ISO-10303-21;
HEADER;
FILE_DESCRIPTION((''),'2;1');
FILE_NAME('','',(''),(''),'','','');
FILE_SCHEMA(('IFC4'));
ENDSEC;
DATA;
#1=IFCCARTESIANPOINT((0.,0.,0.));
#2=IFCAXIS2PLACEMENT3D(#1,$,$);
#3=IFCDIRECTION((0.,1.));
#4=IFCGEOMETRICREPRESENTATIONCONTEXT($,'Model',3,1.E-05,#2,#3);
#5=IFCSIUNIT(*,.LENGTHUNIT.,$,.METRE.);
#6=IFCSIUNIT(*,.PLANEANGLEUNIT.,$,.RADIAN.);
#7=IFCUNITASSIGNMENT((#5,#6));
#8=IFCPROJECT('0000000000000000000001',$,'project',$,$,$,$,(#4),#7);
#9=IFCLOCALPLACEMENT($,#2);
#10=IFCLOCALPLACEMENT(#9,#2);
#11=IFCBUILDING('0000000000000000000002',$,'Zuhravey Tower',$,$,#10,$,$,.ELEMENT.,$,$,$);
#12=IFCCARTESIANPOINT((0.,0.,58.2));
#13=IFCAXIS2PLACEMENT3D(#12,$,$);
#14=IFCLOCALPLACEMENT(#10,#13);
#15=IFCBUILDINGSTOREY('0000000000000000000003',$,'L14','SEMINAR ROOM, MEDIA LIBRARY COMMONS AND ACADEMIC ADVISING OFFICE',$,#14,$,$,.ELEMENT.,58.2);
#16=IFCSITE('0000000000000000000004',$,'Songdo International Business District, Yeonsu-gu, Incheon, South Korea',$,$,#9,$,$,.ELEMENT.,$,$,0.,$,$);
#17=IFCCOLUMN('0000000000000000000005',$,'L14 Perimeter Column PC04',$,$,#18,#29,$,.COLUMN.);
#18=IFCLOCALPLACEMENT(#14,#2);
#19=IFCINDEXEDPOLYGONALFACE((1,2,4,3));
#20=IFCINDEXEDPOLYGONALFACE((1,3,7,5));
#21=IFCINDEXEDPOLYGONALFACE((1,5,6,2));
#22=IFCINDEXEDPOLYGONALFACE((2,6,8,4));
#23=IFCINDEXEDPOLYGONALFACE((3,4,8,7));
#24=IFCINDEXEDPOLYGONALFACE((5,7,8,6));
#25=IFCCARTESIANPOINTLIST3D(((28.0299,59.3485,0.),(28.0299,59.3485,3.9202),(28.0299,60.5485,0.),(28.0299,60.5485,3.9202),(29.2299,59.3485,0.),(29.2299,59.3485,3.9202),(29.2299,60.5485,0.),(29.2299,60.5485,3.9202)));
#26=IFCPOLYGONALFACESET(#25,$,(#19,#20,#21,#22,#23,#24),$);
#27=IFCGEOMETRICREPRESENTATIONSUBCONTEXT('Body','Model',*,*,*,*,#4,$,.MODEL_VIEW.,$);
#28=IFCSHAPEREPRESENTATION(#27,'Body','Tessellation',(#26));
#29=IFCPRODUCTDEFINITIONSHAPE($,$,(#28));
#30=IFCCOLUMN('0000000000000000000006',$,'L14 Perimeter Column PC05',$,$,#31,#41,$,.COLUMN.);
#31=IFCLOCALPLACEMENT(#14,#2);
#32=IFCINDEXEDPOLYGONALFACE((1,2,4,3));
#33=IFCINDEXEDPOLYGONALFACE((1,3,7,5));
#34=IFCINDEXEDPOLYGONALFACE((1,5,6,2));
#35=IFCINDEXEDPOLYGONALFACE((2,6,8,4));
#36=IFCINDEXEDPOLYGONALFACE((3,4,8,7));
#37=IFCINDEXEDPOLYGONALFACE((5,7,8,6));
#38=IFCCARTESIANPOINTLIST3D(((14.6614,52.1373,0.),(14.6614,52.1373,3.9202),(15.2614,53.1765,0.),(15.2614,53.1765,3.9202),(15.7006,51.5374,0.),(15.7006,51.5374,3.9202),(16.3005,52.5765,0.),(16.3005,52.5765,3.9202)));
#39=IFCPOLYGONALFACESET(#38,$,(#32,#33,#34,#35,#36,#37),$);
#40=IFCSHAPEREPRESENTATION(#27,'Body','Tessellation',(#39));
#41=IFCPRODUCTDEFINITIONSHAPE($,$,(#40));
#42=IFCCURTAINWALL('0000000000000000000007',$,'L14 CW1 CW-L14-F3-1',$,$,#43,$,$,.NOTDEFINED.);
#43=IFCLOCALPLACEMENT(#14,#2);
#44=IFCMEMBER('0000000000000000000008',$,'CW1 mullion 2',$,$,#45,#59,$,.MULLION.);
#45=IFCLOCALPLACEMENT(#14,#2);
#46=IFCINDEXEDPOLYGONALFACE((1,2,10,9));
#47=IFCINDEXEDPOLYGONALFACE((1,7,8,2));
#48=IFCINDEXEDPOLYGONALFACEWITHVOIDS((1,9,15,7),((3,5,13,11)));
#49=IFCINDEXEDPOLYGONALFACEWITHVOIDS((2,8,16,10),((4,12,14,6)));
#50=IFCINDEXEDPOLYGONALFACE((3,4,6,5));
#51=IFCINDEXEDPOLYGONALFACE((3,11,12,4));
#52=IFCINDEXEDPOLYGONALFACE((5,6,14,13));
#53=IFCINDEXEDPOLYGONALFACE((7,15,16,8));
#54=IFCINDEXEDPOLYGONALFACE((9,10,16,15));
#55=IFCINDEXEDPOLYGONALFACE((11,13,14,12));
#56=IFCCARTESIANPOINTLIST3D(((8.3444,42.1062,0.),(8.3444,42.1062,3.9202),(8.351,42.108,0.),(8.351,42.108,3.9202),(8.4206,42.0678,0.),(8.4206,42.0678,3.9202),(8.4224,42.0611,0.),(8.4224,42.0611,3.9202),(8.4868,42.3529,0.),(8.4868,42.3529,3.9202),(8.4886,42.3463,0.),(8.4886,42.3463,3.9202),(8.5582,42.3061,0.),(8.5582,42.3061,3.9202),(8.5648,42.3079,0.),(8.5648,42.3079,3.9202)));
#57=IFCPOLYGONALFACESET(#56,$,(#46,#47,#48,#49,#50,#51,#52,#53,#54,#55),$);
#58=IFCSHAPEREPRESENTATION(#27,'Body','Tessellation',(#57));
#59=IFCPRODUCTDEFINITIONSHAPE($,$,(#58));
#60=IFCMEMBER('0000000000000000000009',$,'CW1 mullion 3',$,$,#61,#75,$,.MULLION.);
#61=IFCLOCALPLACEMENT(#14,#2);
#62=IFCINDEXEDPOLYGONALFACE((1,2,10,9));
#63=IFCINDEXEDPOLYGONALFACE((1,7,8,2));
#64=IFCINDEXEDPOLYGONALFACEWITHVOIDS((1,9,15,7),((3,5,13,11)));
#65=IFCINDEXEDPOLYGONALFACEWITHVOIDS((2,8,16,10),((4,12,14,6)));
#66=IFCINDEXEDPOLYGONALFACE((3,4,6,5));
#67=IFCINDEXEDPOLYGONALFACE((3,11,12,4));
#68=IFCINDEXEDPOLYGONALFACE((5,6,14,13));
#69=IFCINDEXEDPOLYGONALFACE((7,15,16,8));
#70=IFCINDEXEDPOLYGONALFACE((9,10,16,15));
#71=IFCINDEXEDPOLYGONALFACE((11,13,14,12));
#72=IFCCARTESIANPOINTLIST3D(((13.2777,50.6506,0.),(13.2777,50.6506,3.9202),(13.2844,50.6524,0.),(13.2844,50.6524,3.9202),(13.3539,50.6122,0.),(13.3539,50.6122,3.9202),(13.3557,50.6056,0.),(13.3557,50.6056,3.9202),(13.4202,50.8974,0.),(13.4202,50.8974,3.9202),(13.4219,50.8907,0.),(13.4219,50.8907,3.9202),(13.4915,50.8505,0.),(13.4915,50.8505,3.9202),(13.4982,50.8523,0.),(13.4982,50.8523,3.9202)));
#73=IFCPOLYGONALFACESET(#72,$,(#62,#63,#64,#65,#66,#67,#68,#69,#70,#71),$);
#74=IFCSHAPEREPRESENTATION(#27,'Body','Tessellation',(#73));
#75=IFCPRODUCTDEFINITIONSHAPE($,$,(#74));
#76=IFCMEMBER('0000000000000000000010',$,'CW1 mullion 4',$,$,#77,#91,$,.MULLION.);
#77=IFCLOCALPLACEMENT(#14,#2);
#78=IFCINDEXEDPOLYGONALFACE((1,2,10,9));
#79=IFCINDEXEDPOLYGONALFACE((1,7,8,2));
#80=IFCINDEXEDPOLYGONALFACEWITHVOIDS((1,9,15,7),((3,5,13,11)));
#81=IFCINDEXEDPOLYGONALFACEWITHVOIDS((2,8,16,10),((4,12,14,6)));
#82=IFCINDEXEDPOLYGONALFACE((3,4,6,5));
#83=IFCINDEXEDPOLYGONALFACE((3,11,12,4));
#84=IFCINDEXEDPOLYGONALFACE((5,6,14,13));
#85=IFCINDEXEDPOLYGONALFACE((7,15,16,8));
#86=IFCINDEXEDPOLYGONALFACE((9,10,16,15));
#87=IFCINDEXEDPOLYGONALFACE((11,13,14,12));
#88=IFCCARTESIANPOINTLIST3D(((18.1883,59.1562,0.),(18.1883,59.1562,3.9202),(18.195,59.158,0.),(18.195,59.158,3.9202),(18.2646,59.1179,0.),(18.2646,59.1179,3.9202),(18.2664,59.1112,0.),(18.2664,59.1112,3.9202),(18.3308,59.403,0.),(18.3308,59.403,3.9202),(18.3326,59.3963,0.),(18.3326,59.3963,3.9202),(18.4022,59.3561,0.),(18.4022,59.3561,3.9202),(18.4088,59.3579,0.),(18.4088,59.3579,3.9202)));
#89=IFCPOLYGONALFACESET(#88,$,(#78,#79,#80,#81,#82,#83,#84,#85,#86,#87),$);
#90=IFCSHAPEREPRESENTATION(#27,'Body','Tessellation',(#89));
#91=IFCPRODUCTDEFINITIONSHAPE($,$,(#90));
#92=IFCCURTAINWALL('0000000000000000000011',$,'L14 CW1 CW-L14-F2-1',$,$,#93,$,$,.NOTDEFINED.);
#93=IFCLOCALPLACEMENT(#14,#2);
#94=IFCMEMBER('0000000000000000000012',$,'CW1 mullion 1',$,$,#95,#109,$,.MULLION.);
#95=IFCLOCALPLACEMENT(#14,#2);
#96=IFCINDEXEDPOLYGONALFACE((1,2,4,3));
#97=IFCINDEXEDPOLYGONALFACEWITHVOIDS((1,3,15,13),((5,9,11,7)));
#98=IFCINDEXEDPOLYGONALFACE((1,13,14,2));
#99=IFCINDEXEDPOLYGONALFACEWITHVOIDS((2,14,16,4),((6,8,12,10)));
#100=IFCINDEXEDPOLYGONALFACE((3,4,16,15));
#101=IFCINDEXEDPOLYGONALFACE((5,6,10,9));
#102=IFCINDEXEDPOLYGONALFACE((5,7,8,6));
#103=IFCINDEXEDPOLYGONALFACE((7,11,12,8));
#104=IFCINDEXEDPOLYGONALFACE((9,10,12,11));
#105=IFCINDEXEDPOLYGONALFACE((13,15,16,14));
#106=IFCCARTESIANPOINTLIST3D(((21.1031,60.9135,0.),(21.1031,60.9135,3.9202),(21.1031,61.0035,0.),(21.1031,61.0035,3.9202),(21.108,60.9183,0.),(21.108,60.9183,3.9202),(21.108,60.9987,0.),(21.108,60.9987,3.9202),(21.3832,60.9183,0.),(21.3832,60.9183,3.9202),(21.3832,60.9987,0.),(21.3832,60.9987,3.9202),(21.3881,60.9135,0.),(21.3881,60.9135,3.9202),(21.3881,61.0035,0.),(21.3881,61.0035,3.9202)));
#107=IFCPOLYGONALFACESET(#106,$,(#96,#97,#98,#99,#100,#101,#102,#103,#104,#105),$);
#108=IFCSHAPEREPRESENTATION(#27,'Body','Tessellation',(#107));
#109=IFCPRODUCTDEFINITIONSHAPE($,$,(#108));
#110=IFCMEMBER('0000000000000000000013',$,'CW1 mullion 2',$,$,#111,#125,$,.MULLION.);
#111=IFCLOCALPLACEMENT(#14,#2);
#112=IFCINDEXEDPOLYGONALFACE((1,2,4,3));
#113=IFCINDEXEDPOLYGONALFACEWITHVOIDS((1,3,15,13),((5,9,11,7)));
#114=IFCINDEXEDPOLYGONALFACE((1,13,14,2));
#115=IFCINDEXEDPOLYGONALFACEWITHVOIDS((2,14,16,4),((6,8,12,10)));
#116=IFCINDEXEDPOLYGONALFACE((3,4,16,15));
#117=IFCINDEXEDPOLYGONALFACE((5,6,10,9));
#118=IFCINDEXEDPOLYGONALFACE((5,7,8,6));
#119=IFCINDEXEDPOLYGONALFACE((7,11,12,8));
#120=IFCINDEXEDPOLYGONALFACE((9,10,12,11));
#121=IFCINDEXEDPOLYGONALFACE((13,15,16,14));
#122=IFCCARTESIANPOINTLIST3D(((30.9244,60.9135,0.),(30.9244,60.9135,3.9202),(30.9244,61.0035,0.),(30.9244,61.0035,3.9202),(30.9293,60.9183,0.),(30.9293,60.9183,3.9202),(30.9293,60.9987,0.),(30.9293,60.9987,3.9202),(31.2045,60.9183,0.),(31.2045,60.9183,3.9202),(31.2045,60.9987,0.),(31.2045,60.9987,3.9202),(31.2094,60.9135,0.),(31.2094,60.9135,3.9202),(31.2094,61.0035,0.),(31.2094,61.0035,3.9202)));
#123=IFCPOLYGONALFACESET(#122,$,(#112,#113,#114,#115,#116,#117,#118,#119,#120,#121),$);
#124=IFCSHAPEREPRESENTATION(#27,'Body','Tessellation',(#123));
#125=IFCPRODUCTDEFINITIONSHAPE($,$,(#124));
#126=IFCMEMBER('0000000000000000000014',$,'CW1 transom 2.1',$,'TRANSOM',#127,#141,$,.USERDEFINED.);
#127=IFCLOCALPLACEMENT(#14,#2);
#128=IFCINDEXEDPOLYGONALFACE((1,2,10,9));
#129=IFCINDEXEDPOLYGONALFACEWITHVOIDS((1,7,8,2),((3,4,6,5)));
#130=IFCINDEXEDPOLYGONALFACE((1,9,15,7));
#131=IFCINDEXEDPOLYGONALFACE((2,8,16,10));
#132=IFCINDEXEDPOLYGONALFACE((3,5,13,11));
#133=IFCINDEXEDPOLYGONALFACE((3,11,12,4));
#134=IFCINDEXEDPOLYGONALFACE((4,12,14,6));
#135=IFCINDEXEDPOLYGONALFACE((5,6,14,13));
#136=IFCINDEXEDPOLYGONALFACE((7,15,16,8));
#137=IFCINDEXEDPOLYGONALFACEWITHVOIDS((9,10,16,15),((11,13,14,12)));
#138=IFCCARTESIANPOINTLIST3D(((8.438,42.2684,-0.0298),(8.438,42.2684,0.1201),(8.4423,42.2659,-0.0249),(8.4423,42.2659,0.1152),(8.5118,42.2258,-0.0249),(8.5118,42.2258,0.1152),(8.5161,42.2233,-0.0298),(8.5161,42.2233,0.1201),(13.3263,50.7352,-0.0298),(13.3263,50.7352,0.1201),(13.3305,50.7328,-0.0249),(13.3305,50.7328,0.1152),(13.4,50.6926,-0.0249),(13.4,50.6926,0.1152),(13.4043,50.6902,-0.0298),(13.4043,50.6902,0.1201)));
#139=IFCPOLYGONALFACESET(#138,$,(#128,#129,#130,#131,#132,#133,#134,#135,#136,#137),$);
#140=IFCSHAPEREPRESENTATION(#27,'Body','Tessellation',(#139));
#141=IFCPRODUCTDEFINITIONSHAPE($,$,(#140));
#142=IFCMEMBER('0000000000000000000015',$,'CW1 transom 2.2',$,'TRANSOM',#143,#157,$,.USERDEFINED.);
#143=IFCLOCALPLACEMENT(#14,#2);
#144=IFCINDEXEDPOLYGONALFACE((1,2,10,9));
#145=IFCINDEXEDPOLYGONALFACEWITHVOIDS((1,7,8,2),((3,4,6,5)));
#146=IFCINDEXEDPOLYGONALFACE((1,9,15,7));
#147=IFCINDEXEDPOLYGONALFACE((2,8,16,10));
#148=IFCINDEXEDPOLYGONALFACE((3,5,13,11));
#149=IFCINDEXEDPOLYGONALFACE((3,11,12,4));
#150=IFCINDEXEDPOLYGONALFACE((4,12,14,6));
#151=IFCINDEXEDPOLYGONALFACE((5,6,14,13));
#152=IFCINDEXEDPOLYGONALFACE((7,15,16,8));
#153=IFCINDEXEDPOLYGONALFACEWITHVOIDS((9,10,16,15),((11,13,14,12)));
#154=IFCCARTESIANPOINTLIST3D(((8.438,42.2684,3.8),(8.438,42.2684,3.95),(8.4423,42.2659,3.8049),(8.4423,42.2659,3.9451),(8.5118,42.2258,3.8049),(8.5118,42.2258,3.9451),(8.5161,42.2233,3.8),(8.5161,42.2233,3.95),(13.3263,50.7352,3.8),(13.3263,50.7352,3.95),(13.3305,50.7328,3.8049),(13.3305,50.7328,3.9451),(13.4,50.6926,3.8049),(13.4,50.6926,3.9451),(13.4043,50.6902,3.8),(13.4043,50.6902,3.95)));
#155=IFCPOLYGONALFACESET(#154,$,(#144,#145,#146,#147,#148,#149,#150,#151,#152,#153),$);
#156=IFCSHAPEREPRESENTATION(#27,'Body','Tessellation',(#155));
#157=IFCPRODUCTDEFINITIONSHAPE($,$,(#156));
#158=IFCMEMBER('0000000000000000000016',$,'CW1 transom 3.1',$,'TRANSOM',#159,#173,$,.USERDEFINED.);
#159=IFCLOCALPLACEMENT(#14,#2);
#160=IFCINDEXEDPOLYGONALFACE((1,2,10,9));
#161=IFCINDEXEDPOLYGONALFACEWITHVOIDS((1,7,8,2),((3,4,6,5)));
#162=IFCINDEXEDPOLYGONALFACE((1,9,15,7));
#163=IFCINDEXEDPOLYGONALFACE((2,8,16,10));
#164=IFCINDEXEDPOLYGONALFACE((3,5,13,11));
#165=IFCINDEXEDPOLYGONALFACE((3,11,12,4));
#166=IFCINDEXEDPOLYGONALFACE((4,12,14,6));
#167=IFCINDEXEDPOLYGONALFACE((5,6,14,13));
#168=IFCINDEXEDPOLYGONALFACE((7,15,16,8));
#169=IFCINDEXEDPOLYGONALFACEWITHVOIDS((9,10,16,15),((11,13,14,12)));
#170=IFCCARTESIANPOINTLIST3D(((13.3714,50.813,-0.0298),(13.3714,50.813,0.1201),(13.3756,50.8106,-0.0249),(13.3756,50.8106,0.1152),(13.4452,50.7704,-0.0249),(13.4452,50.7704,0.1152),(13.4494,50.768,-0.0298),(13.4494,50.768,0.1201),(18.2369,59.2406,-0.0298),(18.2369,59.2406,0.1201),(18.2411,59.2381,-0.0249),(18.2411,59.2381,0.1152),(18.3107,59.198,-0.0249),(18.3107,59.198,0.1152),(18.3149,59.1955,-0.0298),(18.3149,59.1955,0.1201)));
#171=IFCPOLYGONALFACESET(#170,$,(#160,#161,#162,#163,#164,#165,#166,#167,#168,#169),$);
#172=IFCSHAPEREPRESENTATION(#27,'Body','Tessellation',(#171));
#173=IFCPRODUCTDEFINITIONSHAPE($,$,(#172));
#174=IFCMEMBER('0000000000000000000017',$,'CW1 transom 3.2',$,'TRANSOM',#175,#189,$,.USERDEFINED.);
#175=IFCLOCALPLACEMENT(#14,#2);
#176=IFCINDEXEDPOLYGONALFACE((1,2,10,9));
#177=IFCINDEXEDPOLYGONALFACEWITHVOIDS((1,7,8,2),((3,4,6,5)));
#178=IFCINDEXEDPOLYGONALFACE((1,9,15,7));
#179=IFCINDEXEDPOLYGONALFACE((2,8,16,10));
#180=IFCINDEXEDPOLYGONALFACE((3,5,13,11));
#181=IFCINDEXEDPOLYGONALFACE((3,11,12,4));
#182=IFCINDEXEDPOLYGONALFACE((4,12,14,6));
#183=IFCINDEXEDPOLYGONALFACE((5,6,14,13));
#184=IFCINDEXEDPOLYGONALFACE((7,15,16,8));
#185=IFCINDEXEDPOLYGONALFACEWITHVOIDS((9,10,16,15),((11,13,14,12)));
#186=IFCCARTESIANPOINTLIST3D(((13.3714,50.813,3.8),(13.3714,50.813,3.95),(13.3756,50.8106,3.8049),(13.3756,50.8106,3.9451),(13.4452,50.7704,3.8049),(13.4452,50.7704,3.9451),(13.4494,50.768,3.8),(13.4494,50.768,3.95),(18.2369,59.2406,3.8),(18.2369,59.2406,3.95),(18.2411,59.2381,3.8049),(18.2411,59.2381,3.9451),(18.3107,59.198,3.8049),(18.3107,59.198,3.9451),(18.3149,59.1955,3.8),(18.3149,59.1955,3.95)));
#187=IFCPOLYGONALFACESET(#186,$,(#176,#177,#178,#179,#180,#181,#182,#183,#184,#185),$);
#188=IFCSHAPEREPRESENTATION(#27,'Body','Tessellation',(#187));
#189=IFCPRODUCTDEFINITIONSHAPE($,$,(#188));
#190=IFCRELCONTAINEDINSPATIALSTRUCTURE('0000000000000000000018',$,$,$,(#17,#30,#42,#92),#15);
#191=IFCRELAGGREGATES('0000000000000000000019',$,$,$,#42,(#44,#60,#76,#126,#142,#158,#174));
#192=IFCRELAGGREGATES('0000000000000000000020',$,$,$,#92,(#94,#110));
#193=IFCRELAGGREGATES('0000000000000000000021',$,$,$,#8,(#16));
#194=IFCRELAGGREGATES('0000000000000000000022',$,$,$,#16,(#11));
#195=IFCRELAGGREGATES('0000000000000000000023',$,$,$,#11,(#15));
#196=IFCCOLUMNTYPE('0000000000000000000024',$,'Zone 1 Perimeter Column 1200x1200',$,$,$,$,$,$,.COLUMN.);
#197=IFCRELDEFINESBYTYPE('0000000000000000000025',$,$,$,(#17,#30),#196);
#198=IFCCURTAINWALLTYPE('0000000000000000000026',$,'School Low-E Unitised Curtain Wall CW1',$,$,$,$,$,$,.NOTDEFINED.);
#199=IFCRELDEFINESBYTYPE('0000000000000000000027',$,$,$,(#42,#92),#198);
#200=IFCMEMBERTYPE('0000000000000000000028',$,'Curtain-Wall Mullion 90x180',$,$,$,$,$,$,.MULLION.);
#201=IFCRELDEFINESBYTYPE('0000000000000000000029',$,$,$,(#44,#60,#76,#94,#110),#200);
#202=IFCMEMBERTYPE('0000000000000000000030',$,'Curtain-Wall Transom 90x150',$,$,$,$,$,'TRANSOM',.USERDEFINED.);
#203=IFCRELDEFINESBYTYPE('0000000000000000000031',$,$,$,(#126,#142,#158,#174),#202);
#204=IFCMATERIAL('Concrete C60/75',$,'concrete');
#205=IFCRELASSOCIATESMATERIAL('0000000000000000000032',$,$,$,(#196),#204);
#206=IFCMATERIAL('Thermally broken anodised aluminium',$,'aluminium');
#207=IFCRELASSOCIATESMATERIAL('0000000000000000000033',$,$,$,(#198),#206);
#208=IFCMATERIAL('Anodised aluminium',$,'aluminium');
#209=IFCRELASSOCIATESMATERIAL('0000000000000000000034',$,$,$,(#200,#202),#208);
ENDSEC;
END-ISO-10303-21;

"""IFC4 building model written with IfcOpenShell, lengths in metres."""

from ifc_helpers import new_model, si_unit, direction, frame, origin, origin_2d, place, context, subcontext, project, spatial, rectangle, hollow_rectangle, extrude, material, material_profile, profile_set, type_object, element, aggregate, save


model = new_model("IFC4")

# Units and contexts
model_context = context("Model", 3, precision=1e-05, world=origin(), true_north=direction((0.0, 1.0)))
body_context = subcontext(model_context, "Body", "Model", "MODEL_VIEW")
ifc_project = project(units=[si_unit("LENGTHUNIT", "METRE"), si_unit("PLANEANGLEUNIT", "RADIAN")], contexts=[model_context])

# Site, building, storey
site_placement = place(None, origin())
site = spatial("IfcSite", under=ifc_project, at=site_placement, Name="Songdo International Business District, Yeonsu-gu, Incheon, South Korea", CompositionType="ELEMENT", RefElevation=0.0)
building_placement = place(site_placement, origin())
building = spatial("IfcBuilding", under=site, at=building_placement, Name="Zuhravey Tower", CompositionType="ELEMENT")
storey_placement = place(building_placement, frame((0.0, 0.0, 58.2)))
storey = spatial("IfcBuildingStorey", under=building, at=storey_placement, Name="L14", Description="SEMINAR ROOM, MEDIA LIBRARY COMMONS AND ACADEMIC ADVISING OFFICE", CompositionType="ELEMENT", Elevation=58.2)

# Columns
ifc_material_1 = material(Name="Concrete C60/75", Category="concrete")
ifc_material_profile_1 = material_profile(ifc_material_1, rectangle(XDim=1.2, YDim=1.2, at=origin_2d()), Name="RC-1200x1200")
ifc_profile_set_1 = profile_set([ifc_material_profile_1], Name="Concrete C60/75")
column_type = type_object("IfcColumnType", Name="Zone 1 Perimeter Column 1200x1200", PredefinedType="COLUMN", material=ifc_profile_set_1)
for number, where, z_axis, x_axis, name in (
    (1, (28.6299, 59.9485, 0.0), (0.0, 0.0, 1.0), (-1.0, 0.0, 0.0), "L14 Perimeter Column PC04"),
    (2, (15.481, 52.3569, 0.0), (0.0, 0.0, 1.0), (-0.5, -0.866025, 0.0), "L14 Perimeter Column PC05"),
):
    element("IfcColumn", number, at=place(storey_placement, frame(where, z_axis=z_axis, x_axis=x_axis)), inside=storey, type_object=column_type, Name=name, PredefinedType="COLUMN", context=body_context, shape_type="SweptSolid", body=[
        extrude(rectangle(XDim=1.2, YDim=1.2, at=origin_2d()), origin(), (0.0, 0.0, 1.0), 3.9202),
    ])

# Curtain walls, members
ifc_material_2 = material(Name="Thermally broken anodised aluminium", Category="aluminium")
curtain_wall_type = type_object("IfcCurtainWallType", Name="School Low-E Unitised Curtain Wall CW1", PredefinedType="NOTDEFINED", material=ifc_material_2)
curtain_wall_1_placement = place(storey_placement, origin())
curtain_wall_1 = element("IfcCurtainWall", 3, at=curtain_wall_1_placement, inside=storey, type_object=curtain_wall_type, Name="L14 CW1 CW-L14-F3-1", PredefinedType="NOTDEFINED")
ifc_material_3 = material(Name="Anodised aluminium", Category="aluminium")
ifc_material_profile_2 = material_profile(ifc_material_3, hollow_rectangle(XDim=0.0901, YDim=0.2849, WallThickness=0.0049, at=origin_2d()), Name="ALU-RHS-90x285x5")
ifc_profile_set_2 = profile_set([ifc_material_profile_2], Name="Anodised aluminium")
member_type_1 = type_object("IfcMemberType", Name="Curtain-Wall Mullion 90x180", PredefinedType="MULLION", material=ifc_profile_set_2)
member_1_placement = place(storey_placement, frame((8.4546, 42.207, 0.0), z_axis=(0.0, 0.0, 1.0), x_axis=(-0.866026, 0.5, 0.0)))
member_1 = element("IfcMember", 4, at=member_1_placement, type_object=member_type_1, Name="CW1 mullion 2", PredefinedType="MULLION", context=body_context, shape_type="SweptSolid", body=[
    extrude(hollow_rectangle(XDim=0.0901, YDim=0.2849, WallThickness=0.0049, at=origin_2d()), origin(), (0.0, 0.0, 1.0), 3.9202),
])
member_2_placement = place(storey_placement, frame((13.3879, 50.7515, 0.0), z_axis=(0.0, 0.0, 1.0), x_axis=(-0.866026, 0.5, 0.0)))
member_2 = element("IfcMember", 5, at=member_2_placement, type_object=member_type_1, Name="CW1 mullion 3", PredefinedType="MULLION", context=body_context, shape_type="SweptSolid", body=[
    extrude(hollow_rectangle(XDim=0.0901, YDim=0.2849, WallThickness=0.0049, at=origin_2d()), origin(), (0.0, 0.0, 1.0), 3.9202),
])
member_3_placement = place(storey_placement, frame((18.2986, 59.2571, 0.0), z_axis=(0.0, 0.0, 1.0), x_axis=(-0.866026, 0.5, 0.0)))
member_3 = element("IfcMember", 6, at=member_3_placement, type_object=member_type_1, Name="CW1 mullion 4", PredefinedType="MULLION", context=body_context, shape_type="SweptSolid", body=[
    extrude(hollow_rectangle(XDim=0.0901, YDim=0.2849, WallThickness=0.0049, at=origin_2d()), origin(), (0.0, 0.0, 1.0), 3.9202),
])
curtain_wall_2_placement = place(storey_placement, origin())
curtain_wall_2 = element("IfcCurtainWall", 7, at=curtain_wall_2_placement, inside=storey, type_object=curtain_wall_type, Name="L14 CW1 CW-L14-F2-1", PredefinedType="NOTDEFINED")
member_4_placement = place(storey_placement, frame((21.2456, 60.9585, 0.0), z_axis=(0.0, 0.0, 1.0), x_axis=(0.0, 1.0, 0.0)))
member_4 = element("IfcMember", 8, at=member_4_placement, type_object=member_type_1, Name="CW1 mullion 1", PredefinedType="MULLION", context=body_context, shape_type="SweptSolid", body=[
    extrude(hollow_rectangle(XDim=0.0901, YDim=0.2849, WallThickness=0.0049, at=origin_2d()), origin(), (0.0, 0.0, 1.0), 3.9202),
])
member_5_placement = place(storey_placement, frame((31.0669, 60.9585, 0.0), z_axis=(0.0, 0.0, 1.0), x_axis=(0.0, 1.0, 0.0)))
member_5 = element("IfcMember", 9, at=member_5_placement, type_object=member_type_1, Name="CW1 mullion 2", PredefinedType="MULLION", context=body_context, shape_type="SweptSolid", body=[
    extrude(hollow_rectangle(XDim=0.0901, YDim=0.2849, WallThickness=0.0049, at=origin_2d()), origin(), (0.0, 0.0, 1.0), 3.9202),
])

# Members
ifc_material_profile_3 = material_profile(ifc_material_3, hollow_rectangle(XDim=0.0901, YDim=0.1499, WallThickness=0.0049, at=origin_2d()), Name="ALU-RHS-90x150x5")
ifc_profile_set_3 = profile_set([ifc_material_profile_3], Name="Anodised aluminium")
member_type_2 = type_object("IfcMemberType", Name="Curtain-Wall Transom 90x150", ElementType="TRANSOM", PredefinedType="USERDEFINED", material=ifc_profile_set_3)
member_6_placement = place(storey_placement, frame((8.4771, 42.2458, 0.0452), z_axis=(0.49999, 0.866031, 0.0), x_axis=(-0.866031, 0.49999, 0.0)))
member_6 = element("IfcMember", 10, at=member_6_placement, type_object=member_type_2, Name="CW1 transom 2.1", ObjectType="TRANSOM", PredefinedType="USERDEFINED", context=body_context, shape_type="SweptSolid", body=[
    extrude(hollow_rectangle(XDim=0.0901, YDim=0.1499, WallThickness=0.0049, at=origin_2d()), origin(), (0.0, 0.0, 1.0), 9.7766),
])
member_7_placement = place(storey_placement, frame((8.4771, 42.2458, 3.875), z_axis=(0.49999, 0.866031, 0.0), x_axis=(-0.866031, 0.49999, 0.0)))
member_7 = element("IfcMember", 11, at=member_7_placement, type_object=member_type_2, Name="CW1 transom 2.2", ObjectType="TRANSOM", PredefinedType="USERDEFINED", context=body_context, shape_type="SweptSolid", body=[
    extrude(hollow_rectangle(XDim=0.0901, YDim=0.1499, WallThickness=0.0049, at=origin_2d()), origin(), (0.0, 0.0, 1.0), 9.7766),
])
member_8_placement = place(storey_placement, frame((13.4104, 50.7905, 0.0452), z_axis=(0.49999, 0.866031, 0.0), x_axis=(-0.866031, 0.49999, 0.0)))
member_8 = element("IfcMember", 12, at=member_8_placement, type_object=member_type_2, Name="CW1 transom 3.1", ObjectType="TRANSOM", PredefinedType="USERDEFINED", context=body_context, shape_type="SweptSolid", body=[
    extrude(hollow_rectangle(XDim=0.0901, YDim=0.1499, WallThickness=0.0049, at=origin_2d()), origin(), (0.0, 0.0, 1.0), 9.7312),
])
member_9_placement = place(storey_placement, frame((13.4104, 50.7905, 3.875), z_axis=(0.49999, 0.866031, 0.0), x_axis=(-0.866031, 0.49999, 0.0)))
member_9 = element("IfcMember", 13, at=member_9_placement, type_object=member_type_2, Name="CW1 transom 3.2", ObjectType="TRANSOM", PredefinedType="USERDEFINED", context=body_context, shape_type="SweptSolid", body=[
    extrude(hollow_rectangle(XDim=0.0901, YDim=0.1499, WallThickness=0.0049, at=origin_2d()), origin(), (0.0, 0.0, 1.0), 9.7312),
])

aggregate(curtain_wall_1, [member_1, member_2, member_3, member_6, member_7, member_8, member_9])
aggregate(curtain_wall_2, [member_4, member_5])

save(model, "model.ifc")
